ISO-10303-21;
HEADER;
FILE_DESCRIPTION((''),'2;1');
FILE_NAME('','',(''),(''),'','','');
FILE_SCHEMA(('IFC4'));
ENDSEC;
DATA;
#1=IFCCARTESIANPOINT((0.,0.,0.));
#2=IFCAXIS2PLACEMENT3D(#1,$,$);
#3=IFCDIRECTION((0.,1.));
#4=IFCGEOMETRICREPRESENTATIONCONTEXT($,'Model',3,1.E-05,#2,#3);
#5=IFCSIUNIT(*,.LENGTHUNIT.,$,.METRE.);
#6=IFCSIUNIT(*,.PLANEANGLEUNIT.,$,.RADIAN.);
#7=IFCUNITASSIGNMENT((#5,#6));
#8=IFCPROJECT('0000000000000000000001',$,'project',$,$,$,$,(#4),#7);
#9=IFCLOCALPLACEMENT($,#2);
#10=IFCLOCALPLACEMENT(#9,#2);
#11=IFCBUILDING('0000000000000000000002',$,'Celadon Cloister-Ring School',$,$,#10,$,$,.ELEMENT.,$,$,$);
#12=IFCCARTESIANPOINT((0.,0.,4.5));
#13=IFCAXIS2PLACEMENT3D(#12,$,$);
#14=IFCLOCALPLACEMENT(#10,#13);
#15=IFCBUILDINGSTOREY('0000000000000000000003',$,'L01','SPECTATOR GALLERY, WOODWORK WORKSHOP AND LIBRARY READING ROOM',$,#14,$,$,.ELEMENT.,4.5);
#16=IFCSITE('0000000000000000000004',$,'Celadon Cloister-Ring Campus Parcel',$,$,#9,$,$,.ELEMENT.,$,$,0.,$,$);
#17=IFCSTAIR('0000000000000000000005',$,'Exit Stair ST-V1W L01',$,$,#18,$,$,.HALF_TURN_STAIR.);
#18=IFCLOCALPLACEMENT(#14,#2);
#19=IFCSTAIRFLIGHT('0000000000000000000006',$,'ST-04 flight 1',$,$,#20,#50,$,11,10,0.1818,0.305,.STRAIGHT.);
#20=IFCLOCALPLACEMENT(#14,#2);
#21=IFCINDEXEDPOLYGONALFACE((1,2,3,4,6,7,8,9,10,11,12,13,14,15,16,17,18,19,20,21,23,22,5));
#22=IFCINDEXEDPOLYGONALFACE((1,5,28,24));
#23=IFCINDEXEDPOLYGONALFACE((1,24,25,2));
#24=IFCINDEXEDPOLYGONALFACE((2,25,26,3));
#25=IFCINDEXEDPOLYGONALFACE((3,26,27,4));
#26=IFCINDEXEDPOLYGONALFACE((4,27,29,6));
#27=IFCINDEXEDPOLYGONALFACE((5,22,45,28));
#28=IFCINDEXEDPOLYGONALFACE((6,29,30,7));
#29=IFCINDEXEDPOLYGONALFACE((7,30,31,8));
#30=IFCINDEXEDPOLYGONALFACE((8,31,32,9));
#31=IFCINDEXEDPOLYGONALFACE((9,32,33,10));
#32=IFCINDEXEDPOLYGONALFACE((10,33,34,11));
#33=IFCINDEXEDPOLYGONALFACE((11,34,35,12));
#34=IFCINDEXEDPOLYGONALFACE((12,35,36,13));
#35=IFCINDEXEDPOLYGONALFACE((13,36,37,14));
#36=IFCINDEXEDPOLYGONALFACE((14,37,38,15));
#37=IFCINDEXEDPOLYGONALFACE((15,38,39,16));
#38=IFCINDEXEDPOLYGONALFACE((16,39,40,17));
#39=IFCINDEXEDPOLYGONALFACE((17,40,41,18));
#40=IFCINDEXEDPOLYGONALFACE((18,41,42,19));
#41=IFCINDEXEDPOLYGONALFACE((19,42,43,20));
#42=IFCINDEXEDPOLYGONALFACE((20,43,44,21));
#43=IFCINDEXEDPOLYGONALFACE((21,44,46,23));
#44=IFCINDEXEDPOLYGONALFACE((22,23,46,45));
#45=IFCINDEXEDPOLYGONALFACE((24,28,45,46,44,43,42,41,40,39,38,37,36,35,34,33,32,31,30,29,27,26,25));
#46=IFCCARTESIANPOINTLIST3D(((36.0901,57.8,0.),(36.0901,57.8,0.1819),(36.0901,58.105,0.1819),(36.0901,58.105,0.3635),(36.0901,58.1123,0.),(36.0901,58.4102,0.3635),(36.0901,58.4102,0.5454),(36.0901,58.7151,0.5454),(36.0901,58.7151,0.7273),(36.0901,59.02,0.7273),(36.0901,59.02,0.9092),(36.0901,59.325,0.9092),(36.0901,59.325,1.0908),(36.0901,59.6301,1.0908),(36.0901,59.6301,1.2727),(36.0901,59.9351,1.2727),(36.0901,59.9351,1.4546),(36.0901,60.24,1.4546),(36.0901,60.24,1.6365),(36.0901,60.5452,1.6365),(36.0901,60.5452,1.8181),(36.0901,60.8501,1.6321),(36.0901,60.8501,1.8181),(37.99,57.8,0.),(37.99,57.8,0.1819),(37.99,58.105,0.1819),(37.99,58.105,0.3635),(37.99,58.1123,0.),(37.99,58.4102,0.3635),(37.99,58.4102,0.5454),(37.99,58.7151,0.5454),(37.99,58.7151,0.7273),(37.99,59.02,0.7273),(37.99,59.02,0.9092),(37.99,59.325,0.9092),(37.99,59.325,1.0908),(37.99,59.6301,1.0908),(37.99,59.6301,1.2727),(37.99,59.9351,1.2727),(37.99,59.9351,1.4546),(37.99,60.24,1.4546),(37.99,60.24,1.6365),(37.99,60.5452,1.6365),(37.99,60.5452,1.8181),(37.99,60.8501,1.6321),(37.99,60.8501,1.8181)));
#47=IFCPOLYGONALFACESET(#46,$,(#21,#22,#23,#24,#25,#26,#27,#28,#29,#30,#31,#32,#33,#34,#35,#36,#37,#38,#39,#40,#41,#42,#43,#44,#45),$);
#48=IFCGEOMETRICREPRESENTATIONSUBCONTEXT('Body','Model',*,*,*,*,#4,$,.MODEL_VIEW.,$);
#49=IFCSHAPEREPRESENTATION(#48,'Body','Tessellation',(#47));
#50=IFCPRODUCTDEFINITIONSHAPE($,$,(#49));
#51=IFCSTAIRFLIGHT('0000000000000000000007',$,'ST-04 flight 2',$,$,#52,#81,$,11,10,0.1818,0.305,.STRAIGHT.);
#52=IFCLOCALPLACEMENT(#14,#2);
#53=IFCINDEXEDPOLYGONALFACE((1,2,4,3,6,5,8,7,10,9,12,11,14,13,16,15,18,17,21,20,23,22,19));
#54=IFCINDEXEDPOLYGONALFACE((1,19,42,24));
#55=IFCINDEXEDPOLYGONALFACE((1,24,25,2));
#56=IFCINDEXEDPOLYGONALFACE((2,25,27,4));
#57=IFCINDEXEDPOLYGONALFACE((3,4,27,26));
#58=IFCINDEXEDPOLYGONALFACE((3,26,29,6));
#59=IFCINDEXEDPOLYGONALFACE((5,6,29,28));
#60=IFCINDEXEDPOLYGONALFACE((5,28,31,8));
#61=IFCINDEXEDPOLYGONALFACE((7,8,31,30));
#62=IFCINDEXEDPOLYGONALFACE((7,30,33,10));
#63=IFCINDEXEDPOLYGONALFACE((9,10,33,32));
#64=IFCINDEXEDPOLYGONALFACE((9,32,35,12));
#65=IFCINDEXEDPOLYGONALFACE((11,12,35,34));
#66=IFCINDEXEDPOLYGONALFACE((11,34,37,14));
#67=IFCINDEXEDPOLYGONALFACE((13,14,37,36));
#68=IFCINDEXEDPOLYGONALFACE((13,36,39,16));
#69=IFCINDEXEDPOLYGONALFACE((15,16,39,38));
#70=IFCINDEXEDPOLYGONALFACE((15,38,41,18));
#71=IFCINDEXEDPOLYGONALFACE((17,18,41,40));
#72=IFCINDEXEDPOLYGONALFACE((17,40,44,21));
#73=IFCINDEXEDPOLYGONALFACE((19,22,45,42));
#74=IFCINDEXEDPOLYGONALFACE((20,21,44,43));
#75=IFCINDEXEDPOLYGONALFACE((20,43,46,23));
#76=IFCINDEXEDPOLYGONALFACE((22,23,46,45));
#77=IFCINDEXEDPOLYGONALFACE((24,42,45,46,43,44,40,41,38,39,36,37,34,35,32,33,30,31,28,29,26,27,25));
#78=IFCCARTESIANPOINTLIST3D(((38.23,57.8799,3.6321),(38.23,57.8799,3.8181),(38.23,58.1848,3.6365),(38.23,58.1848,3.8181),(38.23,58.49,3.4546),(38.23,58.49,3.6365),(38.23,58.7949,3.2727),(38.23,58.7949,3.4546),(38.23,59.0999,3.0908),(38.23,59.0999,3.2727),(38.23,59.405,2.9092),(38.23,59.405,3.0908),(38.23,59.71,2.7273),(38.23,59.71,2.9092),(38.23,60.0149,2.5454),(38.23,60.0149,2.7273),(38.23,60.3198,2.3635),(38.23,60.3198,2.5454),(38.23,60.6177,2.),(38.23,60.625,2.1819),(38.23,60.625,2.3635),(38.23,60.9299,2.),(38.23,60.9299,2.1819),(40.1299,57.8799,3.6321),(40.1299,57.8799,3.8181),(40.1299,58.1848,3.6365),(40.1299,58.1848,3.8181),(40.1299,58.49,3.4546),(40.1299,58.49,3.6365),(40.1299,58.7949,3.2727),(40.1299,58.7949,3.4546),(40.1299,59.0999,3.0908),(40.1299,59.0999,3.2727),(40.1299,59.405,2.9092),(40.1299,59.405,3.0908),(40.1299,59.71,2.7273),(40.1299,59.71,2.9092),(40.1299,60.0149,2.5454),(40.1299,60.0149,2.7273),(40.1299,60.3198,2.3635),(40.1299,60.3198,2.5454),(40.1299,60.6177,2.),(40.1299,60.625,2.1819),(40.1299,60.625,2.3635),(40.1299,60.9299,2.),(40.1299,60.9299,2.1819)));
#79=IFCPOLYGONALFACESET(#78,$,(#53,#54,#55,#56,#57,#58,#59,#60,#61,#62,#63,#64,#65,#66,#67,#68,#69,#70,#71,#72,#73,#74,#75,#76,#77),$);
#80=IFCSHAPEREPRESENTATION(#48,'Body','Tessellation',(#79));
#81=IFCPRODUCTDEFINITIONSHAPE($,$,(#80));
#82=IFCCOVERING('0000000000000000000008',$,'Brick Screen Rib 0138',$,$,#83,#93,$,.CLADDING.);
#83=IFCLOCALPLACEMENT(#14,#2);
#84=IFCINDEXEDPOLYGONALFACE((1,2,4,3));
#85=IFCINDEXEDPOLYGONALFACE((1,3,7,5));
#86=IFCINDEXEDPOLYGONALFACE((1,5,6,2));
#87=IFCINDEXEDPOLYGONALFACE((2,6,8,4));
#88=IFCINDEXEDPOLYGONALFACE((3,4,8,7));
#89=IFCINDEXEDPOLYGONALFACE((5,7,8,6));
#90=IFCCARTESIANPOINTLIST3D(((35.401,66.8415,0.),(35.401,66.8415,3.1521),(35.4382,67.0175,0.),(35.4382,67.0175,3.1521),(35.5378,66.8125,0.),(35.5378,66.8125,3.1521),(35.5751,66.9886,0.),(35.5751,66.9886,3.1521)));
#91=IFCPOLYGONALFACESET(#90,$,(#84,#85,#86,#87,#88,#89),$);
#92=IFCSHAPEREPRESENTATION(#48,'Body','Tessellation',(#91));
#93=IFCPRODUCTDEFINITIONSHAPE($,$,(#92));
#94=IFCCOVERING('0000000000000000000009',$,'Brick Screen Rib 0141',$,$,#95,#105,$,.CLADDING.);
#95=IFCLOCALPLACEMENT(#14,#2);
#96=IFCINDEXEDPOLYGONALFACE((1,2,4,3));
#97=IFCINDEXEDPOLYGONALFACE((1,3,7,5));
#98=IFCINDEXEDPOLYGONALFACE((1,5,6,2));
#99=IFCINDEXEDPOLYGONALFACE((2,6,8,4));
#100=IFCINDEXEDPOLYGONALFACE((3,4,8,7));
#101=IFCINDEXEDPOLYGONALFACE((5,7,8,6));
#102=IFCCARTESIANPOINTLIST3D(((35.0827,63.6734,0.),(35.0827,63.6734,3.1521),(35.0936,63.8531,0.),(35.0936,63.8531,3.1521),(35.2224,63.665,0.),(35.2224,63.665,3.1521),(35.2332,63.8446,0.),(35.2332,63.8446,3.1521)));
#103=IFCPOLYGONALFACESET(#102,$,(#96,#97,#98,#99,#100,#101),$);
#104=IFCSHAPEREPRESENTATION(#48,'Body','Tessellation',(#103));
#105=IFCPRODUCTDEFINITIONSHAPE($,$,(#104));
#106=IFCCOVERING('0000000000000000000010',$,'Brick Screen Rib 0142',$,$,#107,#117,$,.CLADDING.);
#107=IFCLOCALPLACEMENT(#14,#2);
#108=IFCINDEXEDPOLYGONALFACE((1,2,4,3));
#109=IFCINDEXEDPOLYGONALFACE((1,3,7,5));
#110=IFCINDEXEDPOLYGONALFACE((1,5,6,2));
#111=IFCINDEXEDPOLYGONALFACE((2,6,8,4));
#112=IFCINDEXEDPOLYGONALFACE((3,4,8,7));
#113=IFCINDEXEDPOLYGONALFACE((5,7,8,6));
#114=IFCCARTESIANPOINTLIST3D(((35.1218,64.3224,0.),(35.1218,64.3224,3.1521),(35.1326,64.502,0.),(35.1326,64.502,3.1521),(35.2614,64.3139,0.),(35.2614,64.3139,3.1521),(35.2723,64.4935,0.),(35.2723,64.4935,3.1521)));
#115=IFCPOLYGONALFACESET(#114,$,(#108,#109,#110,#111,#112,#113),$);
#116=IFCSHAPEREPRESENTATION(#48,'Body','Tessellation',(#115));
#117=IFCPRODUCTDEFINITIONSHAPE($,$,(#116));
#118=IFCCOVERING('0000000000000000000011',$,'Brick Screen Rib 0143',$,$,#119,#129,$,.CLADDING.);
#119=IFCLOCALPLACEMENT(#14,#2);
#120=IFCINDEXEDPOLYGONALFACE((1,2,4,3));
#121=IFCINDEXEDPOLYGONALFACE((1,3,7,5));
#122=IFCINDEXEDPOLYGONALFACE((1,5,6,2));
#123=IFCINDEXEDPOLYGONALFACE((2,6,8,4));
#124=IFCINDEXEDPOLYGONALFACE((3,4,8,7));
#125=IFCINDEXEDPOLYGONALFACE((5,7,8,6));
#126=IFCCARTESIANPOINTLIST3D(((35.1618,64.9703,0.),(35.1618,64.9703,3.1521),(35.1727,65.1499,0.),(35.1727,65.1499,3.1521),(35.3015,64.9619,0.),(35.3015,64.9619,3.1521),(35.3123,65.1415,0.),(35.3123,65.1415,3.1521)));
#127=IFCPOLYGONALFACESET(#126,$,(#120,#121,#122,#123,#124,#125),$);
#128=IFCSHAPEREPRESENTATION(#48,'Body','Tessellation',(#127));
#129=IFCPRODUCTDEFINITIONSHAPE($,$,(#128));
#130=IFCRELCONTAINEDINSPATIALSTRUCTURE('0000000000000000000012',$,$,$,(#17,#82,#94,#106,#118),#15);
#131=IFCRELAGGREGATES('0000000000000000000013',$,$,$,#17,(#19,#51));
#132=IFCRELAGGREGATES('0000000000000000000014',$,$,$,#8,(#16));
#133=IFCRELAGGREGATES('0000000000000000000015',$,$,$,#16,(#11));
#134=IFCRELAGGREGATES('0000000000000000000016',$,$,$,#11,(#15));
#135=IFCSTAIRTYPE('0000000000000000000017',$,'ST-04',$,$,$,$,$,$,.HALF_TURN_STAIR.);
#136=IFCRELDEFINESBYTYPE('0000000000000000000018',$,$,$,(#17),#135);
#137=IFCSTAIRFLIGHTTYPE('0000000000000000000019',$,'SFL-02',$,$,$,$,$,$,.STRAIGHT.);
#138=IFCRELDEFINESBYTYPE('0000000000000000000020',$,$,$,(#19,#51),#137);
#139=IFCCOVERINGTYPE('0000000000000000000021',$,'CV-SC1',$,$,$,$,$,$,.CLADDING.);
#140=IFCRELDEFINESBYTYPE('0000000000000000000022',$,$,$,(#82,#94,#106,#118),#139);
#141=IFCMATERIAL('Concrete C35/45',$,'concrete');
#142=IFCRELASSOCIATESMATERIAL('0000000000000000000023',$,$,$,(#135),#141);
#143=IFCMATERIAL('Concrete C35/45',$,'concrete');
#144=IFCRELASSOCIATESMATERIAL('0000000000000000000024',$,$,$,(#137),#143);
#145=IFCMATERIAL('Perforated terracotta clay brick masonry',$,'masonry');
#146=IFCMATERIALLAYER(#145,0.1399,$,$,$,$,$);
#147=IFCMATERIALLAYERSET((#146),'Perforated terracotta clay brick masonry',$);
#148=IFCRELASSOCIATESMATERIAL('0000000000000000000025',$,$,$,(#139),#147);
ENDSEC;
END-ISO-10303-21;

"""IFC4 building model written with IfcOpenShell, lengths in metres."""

from ifc_helpers import new_model, si_unit, direction, frame, origin, origin_2d, place, context, subcontext, project, spatial, polyline, rectangle, outline, extrude, material, layer, layer_set, type_object, element, aggregate, save


model = new_model("IFC4")

# Units and contexts
model_context = context("Model", 3, precision=1e-05, world=origin(), true_north=direction((0.0, 1.0)))
body_context = subcontext(model_context, "Body", "Model", "MODEL_VIEW")
ifc_project = project(units=[si_unit("LENGTHUNIT", "METRE"), si_unit("PLANEANGLEUNIT", "RADIAN")], contexts=[model_context])

# Site, building, storey
site_placement = place(None, origin())
site = spatial("IfcSite", under=ifc_project, at=site_placement, Name="Celadon Cloister-Ring Campus Parcel", CompositionType="ELEMENT", RefElevation=0.0)
building_placement = place(site_placement, origin())
building = spatial("IfcBuilding", under=site, at=building_placement, Name="Celadon Cloister-Ring School", CompositionType="ELEMENT")
storey_placement = place(building_placement, frame((0.0, 0.0, 4.5)))
storey = spatial("IfcBuildingStorey", under=building, at=storey_placement, Name="L01", Description="SPECTATOR GALLERY, WOODWORK WORKSHOP AND LIBRARY READING ROOM", CompositionType="ELEMENT", Elevation=4.5)

# Stair, stair flights
ifc_material_1 = material(Name="Concrete C35/45", Category="concrete")
stair_type = type_object("IfcStairType", Name="ST-04", PredefinedType="HALF_TURN_STAIR", material=ifc_material_1)
stair_placement = place(storey_placement, origin())
stair = element("IfcStair", 1, at=stair_placement, inside=storey, type_object=stair_type, Name="Exit Stair ST-V1W L01", PredefinedType="HALF_TURN_STAIR")
ifc_material_2 = material(Name="Concrete C35/45", Category="concrete")
stair_flight_type = type_object("IfcStairFlightType", Name="SFL-02", PredefinedType="STRAIGHT", material=ifc_material_2)
stair_flight_1_placement = place(storey_placement, frame((37.04, 57.8, 0.0), z_axis=(0.0, 0.0, 1.0), x_axis=(0.0, 1.0, 0.0)))
stair_flight_1 = element("IfcStairFlight", 2, at=stair_flight_1_placement, type_object=stair_flight_type, Name="ST-04 flight 1", NumberOfRisers=11, NumberOfTreads=10, PredefinedType="STRAIGHT", RiserHeight=0.1818, TreadLength=0.305, context=body_context, shape_type="SweptSolid", body=[
    extrude(outline(polyline([(0.0, 0.0), (0.0, 0.1819), (0.3049, 0.1819), (0.3049, 0.3635), (0.6101, 0.3635), (0.6101, 0.5454), (0.915, 0.5454), (0.915, 0.7273), (1.22, 0.7273), (1.22, 0.9092), (1.5249, 0.9092), (1.5249, 1.0908), (1.8301, 1.0908), (1.8301, 1.2727), (2.135, 1.2727), (2.135, 1.4546), (2.4399, 1.4546), (2.4399, 1.6365), (2.7451, 1.6365), (2.7451, 1.8181), (3.05, 1.8181), (3.05, 2.0), (3.05, 1.6321), (0.3123, 0.0), (0.0, 0.0)])), frame((0.0, 0.95, 0.0), z_axis=(0.0, -1.0, 0.0), x_axis=(1.0, 0.0, 0.0)), (0.0, 0.0, 1.0), 1.8999),
])
stair_flight_2_placement = place(storey_placement, frame((39.1799, 60.9299, 2.0), z_axis=(0.0, 0.0, 1.0), x_axis=(0.0, -1.0, 0.0)))
stair_flight_2 = element("IfcStairFlight", 3, at=stair_flight_2_placement, type_object=stair_flight_type, Name="ST-04 flight 2", NumberOfRisers=11, NumberOfTreads=10, PredefinedType="STRAIGHT", RiserHeight=0.1818, TreadLength=0.305, context=body_context, shape_type="SweptSolid", body=[
    extrude(outline(polyline([(0.0, 0.0), (0.0, 0.1819), (0.3049, 0.1819), (0.3049, 0.3635), (0.6101, 0.3635), (0.6101, 0.5454), (0.915, 0.5454), (0.915, 0.7273), (1.22, 0.7273), (1.22, 0.9092), (1.5249, 0.9092), (1.5249, 1.0908), (1.8301, 1.0908), (1.8301, 1.2727), (2.135, 1.2727), (2.135, 1.4546), (2.4399, 1.4546), (2.4399, 1.6365), (2.7451, 1.6365), (2.7451, 1.8181), (3.05, 1.8181), (3.05, 2.0), (3.05, 1.6321), (0.3123, 0.0), (0.0, 0.0)])), frame((0.0, 0.95, 0.0), z_axis=(0.0, -1.0, 0.0), x_axis=(1.0, 0.0, 0.0)), (0.0, 0.0, 1.0), 1.8999),
])
aggregate(stair, [stair_flight_1, stair_flight_2])

# Coverings
ifc_material_3 = material(Name="Perforated terracotta clay brick masonry", Category="masonry")
ifc_layer_1 = layer(ifc_material_3, 0.1399)
ifc_layer_set_1 = layer_set([ifc_layer_1], Name="Perforated terracotta clay brick masonry")
covering_type = type_object("IfcCoveringType", Name="CV-SC1", PredefinedType="CLADDING", material=ifc_layer_set_1)
for number, where, z_axis, x_axis, name in (
    (4, (35.488, 66.915, 0.0), (0.0, 0.0, 1.0), (0.207075, 0.978325, 0.0), "Brick Screen Rib 0138"),
    (5, (35.158, 63.759, 0.0), (0.0, 0.0, 1.0), (0.060282, 0.998181, 0.0), "Brick Screen Rib 0141"),
    (6, (35.197, 64.408, 0.0), (0.0, 0.0, 1.0), (0.060282, 0.998181, 0.0), "Brick Screen Rib 0142"),
    (7, (35.2371, 65.0559, 0.0), (0.0, 0.0, 1.0), (0.060282, 0.998181, 0.0), "Brick Screen Rib 0143"),
):
    element("IfcCovering", number, at=place(storey_placement, frame(where, z_axis=z_axis, x_axis=x_axis)), inside=storey, type_object=covering_type, Name=name, PredefinedType="CLADDING", context=body_context, shape_type="SweptSolid", body=[
        extrude(rectangle(XDim=0.1799, YDim=0.1399, at=origin_2d()), origin(), (0.0, 0.0, 1.0), 3.1521),
    ])

save(model, "model.ifc")
